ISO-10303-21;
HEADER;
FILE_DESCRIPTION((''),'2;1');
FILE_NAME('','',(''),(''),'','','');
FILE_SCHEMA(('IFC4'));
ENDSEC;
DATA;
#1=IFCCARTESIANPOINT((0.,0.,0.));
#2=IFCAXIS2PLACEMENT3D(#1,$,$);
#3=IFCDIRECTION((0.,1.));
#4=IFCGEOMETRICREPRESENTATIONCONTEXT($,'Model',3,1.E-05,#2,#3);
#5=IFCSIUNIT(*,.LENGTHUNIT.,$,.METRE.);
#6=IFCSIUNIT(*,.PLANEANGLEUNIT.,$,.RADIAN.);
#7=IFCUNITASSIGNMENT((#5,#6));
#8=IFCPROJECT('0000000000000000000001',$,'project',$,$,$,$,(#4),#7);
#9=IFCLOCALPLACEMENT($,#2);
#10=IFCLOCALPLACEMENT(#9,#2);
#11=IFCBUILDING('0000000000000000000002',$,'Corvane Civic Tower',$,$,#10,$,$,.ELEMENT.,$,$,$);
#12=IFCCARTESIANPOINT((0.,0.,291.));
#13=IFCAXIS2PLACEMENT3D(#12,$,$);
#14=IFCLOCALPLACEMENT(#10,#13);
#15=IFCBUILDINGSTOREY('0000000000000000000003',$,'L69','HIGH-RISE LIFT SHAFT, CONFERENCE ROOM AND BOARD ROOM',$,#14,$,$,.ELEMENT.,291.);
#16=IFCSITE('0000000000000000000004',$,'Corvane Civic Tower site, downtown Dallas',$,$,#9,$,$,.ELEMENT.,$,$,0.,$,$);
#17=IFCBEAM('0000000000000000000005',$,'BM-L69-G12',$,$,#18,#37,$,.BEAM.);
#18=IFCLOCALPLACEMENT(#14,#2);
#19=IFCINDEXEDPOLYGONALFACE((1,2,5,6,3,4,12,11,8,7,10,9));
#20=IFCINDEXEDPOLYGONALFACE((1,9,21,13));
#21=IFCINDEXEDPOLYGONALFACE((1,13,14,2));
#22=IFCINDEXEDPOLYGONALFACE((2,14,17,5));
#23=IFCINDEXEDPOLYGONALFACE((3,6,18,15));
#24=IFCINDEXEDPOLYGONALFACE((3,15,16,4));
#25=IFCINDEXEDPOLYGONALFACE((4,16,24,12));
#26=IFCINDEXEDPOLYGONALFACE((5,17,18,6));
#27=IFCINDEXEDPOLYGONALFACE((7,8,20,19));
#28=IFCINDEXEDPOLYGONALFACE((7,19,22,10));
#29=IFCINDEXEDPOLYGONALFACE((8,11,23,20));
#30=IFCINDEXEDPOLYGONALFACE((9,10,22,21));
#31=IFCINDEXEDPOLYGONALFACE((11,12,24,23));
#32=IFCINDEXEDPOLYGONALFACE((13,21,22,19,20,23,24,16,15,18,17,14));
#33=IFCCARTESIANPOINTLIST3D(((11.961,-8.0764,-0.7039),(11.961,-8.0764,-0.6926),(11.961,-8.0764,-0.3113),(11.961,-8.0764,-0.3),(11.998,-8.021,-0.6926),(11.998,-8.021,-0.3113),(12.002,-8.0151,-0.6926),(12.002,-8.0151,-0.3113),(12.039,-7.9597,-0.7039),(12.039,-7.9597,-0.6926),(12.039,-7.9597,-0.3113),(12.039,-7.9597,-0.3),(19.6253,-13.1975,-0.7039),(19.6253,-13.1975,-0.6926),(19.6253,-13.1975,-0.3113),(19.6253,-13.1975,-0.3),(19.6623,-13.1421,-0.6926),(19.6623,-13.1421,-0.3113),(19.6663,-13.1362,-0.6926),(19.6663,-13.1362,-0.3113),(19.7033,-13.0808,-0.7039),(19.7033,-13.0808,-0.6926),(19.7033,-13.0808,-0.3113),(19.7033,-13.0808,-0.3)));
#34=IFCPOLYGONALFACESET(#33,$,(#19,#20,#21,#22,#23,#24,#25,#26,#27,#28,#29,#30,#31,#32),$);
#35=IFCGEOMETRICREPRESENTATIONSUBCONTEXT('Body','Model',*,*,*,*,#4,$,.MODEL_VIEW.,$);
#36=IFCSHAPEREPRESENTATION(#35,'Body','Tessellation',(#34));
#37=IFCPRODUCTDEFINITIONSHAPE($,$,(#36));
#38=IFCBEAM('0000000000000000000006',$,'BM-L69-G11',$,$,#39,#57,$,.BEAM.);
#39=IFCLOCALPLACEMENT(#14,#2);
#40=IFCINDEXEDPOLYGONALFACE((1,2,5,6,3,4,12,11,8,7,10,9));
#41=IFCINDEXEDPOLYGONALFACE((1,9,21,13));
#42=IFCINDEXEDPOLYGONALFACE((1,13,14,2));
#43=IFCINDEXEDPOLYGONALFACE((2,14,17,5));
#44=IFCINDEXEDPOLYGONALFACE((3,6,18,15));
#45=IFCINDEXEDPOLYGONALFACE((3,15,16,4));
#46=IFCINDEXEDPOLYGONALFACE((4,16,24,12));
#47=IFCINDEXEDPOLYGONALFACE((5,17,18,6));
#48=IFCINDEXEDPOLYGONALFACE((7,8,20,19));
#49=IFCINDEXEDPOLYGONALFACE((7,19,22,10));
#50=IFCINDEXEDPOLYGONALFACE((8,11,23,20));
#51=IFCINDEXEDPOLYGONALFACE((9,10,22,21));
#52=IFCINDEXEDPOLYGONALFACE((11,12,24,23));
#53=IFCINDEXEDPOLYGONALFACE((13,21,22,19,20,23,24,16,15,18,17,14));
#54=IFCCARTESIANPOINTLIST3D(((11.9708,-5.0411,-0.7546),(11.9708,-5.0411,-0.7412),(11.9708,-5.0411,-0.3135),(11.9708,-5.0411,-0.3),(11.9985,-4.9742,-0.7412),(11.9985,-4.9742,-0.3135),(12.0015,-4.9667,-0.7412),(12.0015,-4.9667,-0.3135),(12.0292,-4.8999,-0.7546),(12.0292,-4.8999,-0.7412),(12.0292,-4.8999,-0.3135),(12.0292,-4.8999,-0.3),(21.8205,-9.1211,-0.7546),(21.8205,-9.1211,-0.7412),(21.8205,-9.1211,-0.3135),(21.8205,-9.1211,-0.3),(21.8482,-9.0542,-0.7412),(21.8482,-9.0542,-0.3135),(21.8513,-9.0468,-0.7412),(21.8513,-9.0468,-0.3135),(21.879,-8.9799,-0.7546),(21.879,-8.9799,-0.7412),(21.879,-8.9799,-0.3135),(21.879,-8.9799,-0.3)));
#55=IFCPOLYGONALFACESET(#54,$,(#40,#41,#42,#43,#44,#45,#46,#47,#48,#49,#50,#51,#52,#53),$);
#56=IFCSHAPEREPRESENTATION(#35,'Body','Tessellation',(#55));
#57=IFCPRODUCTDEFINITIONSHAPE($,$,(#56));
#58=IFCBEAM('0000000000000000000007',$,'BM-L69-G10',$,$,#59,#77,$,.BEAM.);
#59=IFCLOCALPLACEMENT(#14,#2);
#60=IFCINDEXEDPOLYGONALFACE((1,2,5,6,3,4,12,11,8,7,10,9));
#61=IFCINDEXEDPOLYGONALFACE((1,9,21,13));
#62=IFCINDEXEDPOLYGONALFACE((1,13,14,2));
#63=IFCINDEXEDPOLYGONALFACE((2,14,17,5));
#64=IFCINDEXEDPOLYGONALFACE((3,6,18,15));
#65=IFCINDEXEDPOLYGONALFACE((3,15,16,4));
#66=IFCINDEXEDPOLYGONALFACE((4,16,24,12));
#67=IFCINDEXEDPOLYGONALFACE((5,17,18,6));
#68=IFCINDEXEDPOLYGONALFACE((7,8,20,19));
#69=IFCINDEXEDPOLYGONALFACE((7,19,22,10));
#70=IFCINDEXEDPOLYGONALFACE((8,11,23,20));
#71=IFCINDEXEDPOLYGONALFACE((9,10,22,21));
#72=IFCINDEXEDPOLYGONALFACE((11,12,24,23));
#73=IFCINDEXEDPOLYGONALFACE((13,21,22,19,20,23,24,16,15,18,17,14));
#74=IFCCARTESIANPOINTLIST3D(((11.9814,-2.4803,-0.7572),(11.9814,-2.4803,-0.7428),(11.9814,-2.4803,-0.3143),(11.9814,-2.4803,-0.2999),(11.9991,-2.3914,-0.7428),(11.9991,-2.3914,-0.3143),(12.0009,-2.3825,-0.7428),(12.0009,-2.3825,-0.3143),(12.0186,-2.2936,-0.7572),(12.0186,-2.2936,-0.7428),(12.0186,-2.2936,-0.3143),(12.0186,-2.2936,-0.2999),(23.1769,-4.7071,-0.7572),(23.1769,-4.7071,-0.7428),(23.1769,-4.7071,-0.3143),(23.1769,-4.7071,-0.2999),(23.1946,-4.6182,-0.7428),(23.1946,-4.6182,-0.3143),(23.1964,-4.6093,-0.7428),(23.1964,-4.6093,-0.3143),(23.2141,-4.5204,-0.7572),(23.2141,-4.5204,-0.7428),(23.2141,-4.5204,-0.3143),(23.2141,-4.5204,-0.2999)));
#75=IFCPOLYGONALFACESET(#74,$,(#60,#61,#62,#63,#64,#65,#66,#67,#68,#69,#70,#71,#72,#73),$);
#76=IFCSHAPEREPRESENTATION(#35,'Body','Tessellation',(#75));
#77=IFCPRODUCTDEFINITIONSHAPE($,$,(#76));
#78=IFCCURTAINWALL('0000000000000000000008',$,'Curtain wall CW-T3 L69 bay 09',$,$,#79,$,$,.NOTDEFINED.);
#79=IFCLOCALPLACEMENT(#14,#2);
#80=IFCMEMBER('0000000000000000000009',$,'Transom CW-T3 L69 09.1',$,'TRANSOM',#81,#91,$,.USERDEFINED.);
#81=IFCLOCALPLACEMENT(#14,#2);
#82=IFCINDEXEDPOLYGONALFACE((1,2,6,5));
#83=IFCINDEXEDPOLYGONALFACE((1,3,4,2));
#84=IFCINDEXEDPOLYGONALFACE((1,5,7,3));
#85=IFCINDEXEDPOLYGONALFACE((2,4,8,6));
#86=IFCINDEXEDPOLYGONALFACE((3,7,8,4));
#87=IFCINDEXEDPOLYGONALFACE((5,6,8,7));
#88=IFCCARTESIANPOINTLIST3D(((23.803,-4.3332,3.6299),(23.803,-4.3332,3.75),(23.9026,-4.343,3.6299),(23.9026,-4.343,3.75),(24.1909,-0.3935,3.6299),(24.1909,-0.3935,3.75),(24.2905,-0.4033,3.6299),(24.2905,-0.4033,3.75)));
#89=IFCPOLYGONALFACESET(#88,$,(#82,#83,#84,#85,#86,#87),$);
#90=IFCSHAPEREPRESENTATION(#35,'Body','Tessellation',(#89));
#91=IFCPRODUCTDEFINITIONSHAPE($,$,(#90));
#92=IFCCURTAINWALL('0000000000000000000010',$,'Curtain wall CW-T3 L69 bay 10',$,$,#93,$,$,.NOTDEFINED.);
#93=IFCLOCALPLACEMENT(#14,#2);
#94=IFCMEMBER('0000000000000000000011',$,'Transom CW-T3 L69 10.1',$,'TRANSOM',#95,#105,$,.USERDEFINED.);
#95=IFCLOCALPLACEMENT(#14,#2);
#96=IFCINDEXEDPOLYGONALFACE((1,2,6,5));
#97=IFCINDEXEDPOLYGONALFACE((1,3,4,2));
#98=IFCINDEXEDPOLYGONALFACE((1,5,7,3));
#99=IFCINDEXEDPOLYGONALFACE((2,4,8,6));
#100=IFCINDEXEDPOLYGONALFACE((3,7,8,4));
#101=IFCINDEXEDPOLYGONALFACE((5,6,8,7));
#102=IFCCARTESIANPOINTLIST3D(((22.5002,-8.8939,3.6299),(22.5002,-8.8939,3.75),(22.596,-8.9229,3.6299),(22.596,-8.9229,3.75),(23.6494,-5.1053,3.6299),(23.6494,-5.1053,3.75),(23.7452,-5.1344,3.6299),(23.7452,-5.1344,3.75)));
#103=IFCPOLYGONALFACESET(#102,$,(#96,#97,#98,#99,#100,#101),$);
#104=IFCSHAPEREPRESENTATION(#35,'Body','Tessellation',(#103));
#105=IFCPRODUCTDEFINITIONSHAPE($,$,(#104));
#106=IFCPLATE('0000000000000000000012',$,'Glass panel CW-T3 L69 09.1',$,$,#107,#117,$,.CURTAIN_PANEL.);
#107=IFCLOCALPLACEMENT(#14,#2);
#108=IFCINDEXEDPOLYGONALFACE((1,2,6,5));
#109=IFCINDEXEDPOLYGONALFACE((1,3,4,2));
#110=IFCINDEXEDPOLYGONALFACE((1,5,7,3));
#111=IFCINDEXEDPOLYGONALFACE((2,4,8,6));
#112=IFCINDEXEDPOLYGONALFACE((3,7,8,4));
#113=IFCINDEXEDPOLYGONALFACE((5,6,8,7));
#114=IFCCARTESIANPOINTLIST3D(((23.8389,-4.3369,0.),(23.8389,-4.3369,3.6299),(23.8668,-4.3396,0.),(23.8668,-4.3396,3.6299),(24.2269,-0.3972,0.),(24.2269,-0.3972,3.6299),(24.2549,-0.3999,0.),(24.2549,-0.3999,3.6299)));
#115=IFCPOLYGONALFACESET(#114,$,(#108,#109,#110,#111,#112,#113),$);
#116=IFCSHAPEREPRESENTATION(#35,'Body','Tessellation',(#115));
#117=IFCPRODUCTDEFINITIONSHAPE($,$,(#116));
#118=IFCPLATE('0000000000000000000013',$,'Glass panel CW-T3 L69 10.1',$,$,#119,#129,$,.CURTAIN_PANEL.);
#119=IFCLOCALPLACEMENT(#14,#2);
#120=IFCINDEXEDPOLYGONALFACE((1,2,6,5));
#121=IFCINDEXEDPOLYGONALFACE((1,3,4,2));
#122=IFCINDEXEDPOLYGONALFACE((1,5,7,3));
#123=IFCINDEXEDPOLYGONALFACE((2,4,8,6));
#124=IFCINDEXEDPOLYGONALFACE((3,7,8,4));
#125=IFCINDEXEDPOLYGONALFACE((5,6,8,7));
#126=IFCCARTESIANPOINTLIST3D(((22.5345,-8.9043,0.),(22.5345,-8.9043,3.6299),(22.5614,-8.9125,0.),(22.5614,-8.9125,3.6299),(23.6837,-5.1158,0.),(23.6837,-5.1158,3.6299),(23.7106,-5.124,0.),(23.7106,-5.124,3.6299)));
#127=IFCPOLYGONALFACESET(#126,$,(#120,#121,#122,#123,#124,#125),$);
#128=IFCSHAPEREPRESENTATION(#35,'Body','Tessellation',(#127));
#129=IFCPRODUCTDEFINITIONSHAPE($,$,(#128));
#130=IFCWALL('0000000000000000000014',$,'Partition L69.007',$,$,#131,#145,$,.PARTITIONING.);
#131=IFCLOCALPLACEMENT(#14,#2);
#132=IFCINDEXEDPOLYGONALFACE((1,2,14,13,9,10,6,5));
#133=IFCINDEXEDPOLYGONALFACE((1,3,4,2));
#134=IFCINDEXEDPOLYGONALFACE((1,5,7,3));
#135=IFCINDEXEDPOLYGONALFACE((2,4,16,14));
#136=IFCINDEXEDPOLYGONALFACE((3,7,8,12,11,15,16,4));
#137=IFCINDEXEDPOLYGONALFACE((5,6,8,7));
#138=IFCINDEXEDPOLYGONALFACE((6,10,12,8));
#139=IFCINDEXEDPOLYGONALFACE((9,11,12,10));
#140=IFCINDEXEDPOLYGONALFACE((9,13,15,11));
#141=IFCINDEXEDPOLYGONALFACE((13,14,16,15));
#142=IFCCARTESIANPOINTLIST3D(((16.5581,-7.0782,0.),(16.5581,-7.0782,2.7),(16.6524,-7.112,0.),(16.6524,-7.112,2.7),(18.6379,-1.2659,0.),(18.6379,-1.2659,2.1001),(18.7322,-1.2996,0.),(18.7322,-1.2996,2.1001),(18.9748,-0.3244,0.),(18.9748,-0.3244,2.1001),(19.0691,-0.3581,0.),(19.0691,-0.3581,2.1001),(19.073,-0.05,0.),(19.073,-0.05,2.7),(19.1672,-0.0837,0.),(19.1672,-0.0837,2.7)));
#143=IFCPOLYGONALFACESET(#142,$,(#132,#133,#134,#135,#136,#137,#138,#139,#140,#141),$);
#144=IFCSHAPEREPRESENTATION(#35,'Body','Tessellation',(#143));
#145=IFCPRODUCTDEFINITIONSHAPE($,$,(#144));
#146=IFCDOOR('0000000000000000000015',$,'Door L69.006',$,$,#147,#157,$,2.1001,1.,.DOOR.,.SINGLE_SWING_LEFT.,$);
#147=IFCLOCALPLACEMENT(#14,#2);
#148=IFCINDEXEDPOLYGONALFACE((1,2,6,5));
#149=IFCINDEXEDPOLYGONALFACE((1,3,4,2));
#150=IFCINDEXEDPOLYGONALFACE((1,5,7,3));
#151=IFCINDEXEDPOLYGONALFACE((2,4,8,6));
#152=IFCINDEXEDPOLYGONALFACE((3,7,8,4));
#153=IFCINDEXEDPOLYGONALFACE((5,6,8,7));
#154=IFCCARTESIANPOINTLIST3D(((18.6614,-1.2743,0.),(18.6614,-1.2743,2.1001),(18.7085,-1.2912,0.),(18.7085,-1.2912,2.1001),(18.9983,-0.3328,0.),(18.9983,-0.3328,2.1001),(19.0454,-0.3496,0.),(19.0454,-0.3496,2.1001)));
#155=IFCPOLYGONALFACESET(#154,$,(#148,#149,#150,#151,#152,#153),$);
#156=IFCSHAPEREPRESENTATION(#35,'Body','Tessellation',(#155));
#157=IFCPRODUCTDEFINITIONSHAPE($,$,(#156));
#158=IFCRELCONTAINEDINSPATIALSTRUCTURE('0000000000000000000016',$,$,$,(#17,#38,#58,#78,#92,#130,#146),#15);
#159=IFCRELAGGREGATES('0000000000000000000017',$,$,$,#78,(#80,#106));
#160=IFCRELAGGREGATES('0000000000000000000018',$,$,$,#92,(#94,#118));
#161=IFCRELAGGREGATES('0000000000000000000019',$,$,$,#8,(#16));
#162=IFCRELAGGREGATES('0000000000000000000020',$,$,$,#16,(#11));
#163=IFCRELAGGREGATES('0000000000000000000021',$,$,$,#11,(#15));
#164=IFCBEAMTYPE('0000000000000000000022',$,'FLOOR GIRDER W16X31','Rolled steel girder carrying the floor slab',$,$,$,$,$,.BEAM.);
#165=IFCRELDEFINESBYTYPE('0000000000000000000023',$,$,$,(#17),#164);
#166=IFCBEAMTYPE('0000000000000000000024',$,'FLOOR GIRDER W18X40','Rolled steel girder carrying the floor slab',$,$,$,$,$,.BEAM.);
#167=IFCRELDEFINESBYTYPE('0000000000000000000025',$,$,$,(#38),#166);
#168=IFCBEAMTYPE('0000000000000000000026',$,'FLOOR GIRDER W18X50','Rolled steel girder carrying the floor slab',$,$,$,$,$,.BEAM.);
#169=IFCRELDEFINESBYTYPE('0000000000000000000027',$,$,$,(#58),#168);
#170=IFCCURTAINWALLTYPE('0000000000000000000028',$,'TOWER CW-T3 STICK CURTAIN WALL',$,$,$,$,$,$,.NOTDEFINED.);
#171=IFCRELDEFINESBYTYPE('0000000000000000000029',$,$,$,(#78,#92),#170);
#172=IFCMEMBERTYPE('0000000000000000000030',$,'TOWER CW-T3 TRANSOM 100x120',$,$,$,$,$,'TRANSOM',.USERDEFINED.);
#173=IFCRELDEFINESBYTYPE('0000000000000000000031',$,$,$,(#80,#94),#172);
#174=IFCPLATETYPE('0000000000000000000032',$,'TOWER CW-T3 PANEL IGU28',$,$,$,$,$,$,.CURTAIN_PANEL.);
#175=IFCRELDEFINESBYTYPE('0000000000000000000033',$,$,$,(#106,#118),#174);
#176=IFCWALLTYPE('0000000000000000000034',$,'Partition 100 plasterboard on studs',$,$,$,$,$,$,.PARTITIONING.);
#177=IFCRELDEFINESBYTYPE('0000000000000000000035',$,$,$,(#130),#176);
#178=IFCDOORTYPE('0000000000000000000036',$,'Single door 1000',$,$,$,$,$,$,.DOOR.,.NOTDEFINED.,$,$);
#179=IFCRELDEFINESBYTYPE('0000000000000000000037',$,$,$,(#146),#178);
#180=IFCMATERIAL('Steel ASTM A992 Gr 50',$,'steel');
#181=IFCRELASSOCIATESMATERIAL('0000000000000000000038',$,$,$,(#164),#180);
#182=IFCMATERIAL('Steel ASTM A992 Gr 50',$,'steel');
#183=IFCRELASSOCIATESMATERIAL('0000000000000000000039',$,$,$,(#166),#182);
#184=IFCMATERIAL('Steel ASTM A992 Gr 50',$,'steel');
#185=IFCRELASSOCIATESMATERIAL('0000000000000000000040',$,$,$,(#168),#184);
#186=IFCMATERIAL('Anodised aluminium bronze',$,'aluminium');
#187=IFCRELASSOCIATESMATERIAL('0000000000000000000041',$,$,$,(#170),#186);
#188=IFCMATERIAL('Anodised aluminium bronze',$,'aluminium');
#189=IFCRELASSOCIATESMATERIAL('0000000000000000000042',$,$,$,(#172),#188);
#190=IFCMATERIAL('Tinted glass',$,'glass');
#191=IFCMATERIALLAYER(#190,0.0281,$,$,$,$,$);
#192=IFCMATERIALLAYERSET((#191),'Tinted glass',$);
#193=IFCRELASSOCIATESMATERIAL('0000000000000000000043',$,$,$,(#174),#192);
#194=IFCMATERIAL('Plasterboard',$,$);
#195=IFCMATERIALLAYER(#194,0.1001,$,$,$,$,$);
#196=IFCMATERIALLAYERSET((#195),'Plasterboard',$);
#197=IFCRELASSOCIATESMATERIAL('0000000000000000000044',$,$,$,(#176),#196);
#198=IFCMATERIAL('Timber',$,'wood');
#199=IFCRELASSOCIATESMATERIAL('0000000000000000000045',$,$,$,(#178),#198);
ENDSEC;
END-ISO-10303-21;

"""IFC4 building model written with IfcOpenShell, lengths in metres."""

from ifc_helpers import new_model, si_unit, direction, frame, frame_2d, origin, origin_2d, place, context, subcontext, project, spatial, rectangle, i_section, extrude, material, layer, layer_set, material_profile, profile_set, type_object, element, fill, aggregate, save


model = new_model("IFC4")

# Units and contexts
model_context = context("Model", 3, precision=1e-05, world=origin(), true_north=direction((0.0, 1.0)))
body_context = subcontext(model_context, "Body", "Model", "MODEL_VIEW")
ifc_project = project(units=[si_unit("LENGTHUNIT", "METRE"), si_unit("PLANEANGLEUNIT", "RADIAN")], contexts=[model_context])

# Site, building, storey
site_placement = place(None, origin())
site = spatial("IfcSite", under=ifc_project, at=site_placement, Name="Corvane Civic Tower site, downtown Dallas", CompositionType="ELEMENT", RefElevation=0.0)
building_placement = place(site_placement, origin())
building = spatial("IfcBuilding", under=site, at=building_placement, Name="Corvane Civic Tower", CompositionType="ELEMENT")
storey_placement = place(building_placement, frame((0.0, 0.0, 291.0)))
storey = spatial("IfcBuildingStorey", under=building, at=storey_placement, Name="L69", Description="HIGH-RISE LIFT SHAFT, CONFERENCE ROOM AND BOARD ROOM", CompositionType="ELEMENT", Elevation=291.0)

# Beams
ifc_material_1 = material(Name="Steel ASTM A992 Gr 50", Category="steel")
ifc_material_profile_1 = material_profile(ifc_material_1, i_section(OverallWidth=0.1404, OverallDepth=0.4038, WebThickness=0.0071, FlangeThickness=0.0112, at=origin_2d()), Name="W16X31")
ifc_profile_set_1 = profile_set([ifc_material_profile_1], Name="Steel ASTM A992 Gr 50")
beam_type_1 = type_object("IfcBeamType", Name="FLOOR GIRDER W16X31", Description="Rolled steel girder carrying the floor slab", PredefinedType="BEAM", material=ifc_profile_set_1)
beam_1_placement = place(storey_placement, frame((12.0, -8.0181, -0.502), z_axis=(0.831471, -0.555568, 0.0), x_axis=(0.555568, 0.831471, 0.0)))
element("IfcBeam", 1, at=beam_1_placement, inside=storey, type_object=beam_type_1, Name="BM-L69-G12", PredefinedType="BEAM", context=body_context, shape_type="SweptSolid", body=[
    extrude(i_section(OverallWidth=0.1404, OverallDepth=0.4038, WebThickness=0.0071, FlangeThickness=0.0112, at=origin_2d()), origin(), (0.0, 0.0, 1.0), 9.2178),
])
ifc_material_2 = material(Name="Steel ASTM A992 Gr 50", Category="steel")
ifc_material_profile_2 = material_profile(ifc_material_2, i_section(OverallWidth=0.1528, OverallDepth=0.4546, WebThickness=0.0081, FlangeThickness=0.0134, at=origin_2d()), Name="W18X40")
ifc_profile_set_2 = profile_set([ifc_material_profile_2], Name="Steel ASTM A992 Gr 50")
beam_type_2 = type_object("IfcBeamType", Name="FLOOR GIRDER W18X40", Description="Rolled steel girder carrying the floor slab", PredefinedType="BEAM", material=ifc_profile_set_2)
beam_2_placement = place(storey_placement, frame((12.0, -4.9705, -0.5273), z_axis=(0.923875, -0.382694, 0.0), x_axis=(0.382694, 0.923875, 0.0)))
element("IfcBeam", 2, at=beam_2_placement, inside=storey, type_object=beam_type_2, Name="BM-L69-G11", PredefinedType="BEAM", context=body_context, shape_type="SweptSolid", body=[
    extrude(i_section(OverallWidth=0.1528, OverallDepth=0.4546, WebThickness=0.0081, FlangeThickness=0.0134, at=origin_2d()), origin(), (0.0, 0.0, 1.0), 10.6614),
])
ifc_material_3 = material(Name="Steel ASTM A992 Gr 50", Category="steel")
ifc_material_profile_3 = material_profile(ifc_material_3, i_section(OverallWidth=0.1904, OverallDepth=0.4573, WebThickness=0.009, FlangeThickness=0.0144, at=origin_2d()), Name="W18X50")
ifc_profile_set_3 = profile_set([ifc_material_profile_3], Name="Steel ASTM A992 Gr 50")
beam_type_3 = type_object("IfcBeamType", Name="FLOOR GIRDER W18X50", Description="Rolled steel girder carrying the floor slab", PredefinedType="BEAM", material=ifc_profile_set_3)
beam_3_placement = place(storey_placement, frame((12.0, -2.387, -0.5286), z_axis=(0.980787, -0.19508, 0.0), x_axis=(0.19508, 0.980787, 0.0)))
element("IfcBeam", 3, at=beam_3_placement, inside=storey, type_object=beam_type_3, Name="BM-L69-G10", PredefinedType="BEAM", context=body_context, shape_type="SweptSolid", body=[
    extrude(i_section(OverallWidth=0.1904, OverallDepth=0.4573, WebThickness=0.009, FlangeThickness=0.0144, at=origin_2d()), origin(), (0.0, 0.0, 1.0), 11.4148),
])

# Curtain walls, members
ifc_material_4 = material(Name="Anodised aluminium bronze", Category="aluminium")
curtain_wall_type = type_object("IfcCurtainWallType", Name="TOWER CW-T3 STICK CURTAIN WALL", PredefinedType="NOTDEFINED", material=ifc_material_4)
curtain_wall_1_placement = place(storey_placement, origin())
curtain_wall_1 = element("IfcCurtainWall", 4, at=curtain_wall_1_placement, inside=storey, type_object=curtain_wall_type, Name="Curtain wall CW-T3 L69 bay 09", PredefinedType="NOTDEFINED")
ifc_material_5 = material(Name="Anodised aluminium bronze", Category="aluminium")
ifc_material_profile_4 = material_profile(ifc_material_5, rectangle(XDim=0.1001, YDim=0.1201, at=origin_2d()), Name="TOWER CW-T3 TRANSOM 100x120")
ifc_profile_set_4 = profile_set([ifc_material_profile_4], Name="Anodised aluminium bronze")
member_type = type_object("IfcMemberType", Name="TOWER CW-T3 TRANSOM 100x120", ElementType="TRANSOM", PredefinedType="USERDEFINED", material=ifc_profile_set_4)
member_1_placement = place(storey_placement, frame((24.2407, -0.3984, 3.6899), z_axis=(-0.097995, -0.995187, 0.0), x_axis=(0.995187, -0.097995, 0.0)))
member_1 = element("IfcMember", 5, at=member_1_placement, type_object=member_type, Name="Transom CW-T3 L69 09.1", ObjectType="TRANSOM", PredefinedType="USERDEFINED", context=body_context, shape_type="SweptSolid", body=[
    extrude(rectangle(XDim=0.1001, YDim=0.1201, at=origin_2d()), origin(), (0.0, 0.0, 1.0), 3.9587),
])
curtain_wall_2_placement = place(storey_placement, origin())
curtain_wall_2 = element("IfcCurtainWall", 6, at=curtain_wall_2_placement, inside=storey, type_object=curtain_wall_type, Name="Curtain wall CW-T3 L69 bay 10", PredefinedType="NOTDEFINED")
member_2_placement = place(storey_placement, frame((23.6973, -5.1199, 3.6899), z_axis=(-0.290266, -0.956946, 0.0), x_axis=(0.956946, -0.290266, 0.0)))
member_2 = element("IfcMember", 7, at=member_2_placement, type_object=member_type, Name="Transom CW-T3 L69 10.1", ObjectType="TRANSOM", PredefinedType="USERDEFINED", context=body_context, shape_type="SweptSolid", body=[
    extrude(rectangle(XDim=0.1001, YDim=0.1201, at=origin_2d()), origin(), (0.0, 0.0, 1.0), 3.959),
])

# Plates
ifc_material_6 = material(Name="Tinted glass", Category="glass")
ifc_layer_1 = layer(ifc_material_6, 0.0281)
ifc_layer_set_1 = layer_set([ifc_layer_1], Name="Tinted glass")
plate_type = type_object("IfcPlateType", Name="TOWER CW-T3 PANEL IGU28", PredefinedType="CURTAIN_PANEL", material=ifc_layer_set_1)
plate_1_placement = place(storey_placement, frame((24.0469, -2.3684, 0.0), z_axis=(0.0, 0.0, 1.0), x_axis=(-0.098021, -0.995184, 0.0)))
plate_1 = element("IfcPlate", 8, at=plate_1_placement, type_object=plate_type, Name="Glass panel CW-T3 L69 09.1", PredefinedType="CURTAIN_PANEL", context=body_context, shape_type="SweptSolid", body=[
    extrude(rectangle(XDim=3.9587, YDim=0.0281, at=origin_2d()), origin(), (0.0, 0.0, 1.0), 3.6299),
])
aggregate(curtain_wall_1, [member_1, plate_1])
plate_2_placement = place(storey_placement, frame((23.1226, -7.0142, 0.0), z_axis=(0.0, 0.0, 1.0), x_axis=(-0.290274, -0.956944, 0.0)))
plate_2 = element("IfcPlate", 9, at=plate_2_placement, type_object=plate_type, Name="Glass panel CW-T3 L69 10.1", PredefinedType="CURTAIN_PANEL", context=body_context, shape_type="SweptSolid", body=[
    extrude(rectangle(XDim=3.959, YDim=0.0281, at=origin_2d()), origin(), (0.0, 0.0, 1.0), 3.6299),
])
aggregate(curtain_wall_2, [member_2, plate_2])

# Wall, opening, door
ifc_material_7 = material(Name="Plasterboard")
ifc_layer_2 = layer(ifc_material_7, 0.1001)
ifc_layer_set_2 = layer_set([ifc_layer_2], Name="Plasterboard")
wall_type_1 = type_object("IfcWallType", Name="Partition 100 plasterboard on studs", PredefinedType="PARTITIONING", material=ifc_layer_set_2)
wall_1_placement = place(storey_placement, frame((16.6052, -7.0952, 0.0), z_axis=(0.0, 0.0, 1.0), x_axis=(0.336904, 0.941539, 0.0)))
wall_1 = element("IfcWall", 10, at=wall_1_placement, inside=storey, type_object=wall_type_1, Name="Partition L69.007", PredefinedType="PARTITIONING", context=body_context, shape_type="SweptSolid", body=[
    extrude(rectangle(XDim=7.4646, YDim=0.1001, at=frame_2d((3.7324, 0.0))), origin(), (0.0, 0.0, 1.0), 2.7),
])
opening_1_placement = place(wall_1_placement, frame((6.1733, 0.0, 0.0)))
opening_1 = element("IfcOpeningElement", 11, at=opening_1_placement, cuts=wall_1, PredefinedType="OPENING", context=body_context, shape_type="SweptSolid", body=[
    extrude(rectangle(XDim=1.0, YDim=2.1001, at=frame_2d((0.5, 1.05))), frame((0.0, 0.0601, 0.0), z_axis=(0.0, -1.0, 0.0), x_axis=(1.0, 0.0, 0.0)), (0.0, 0.0, 1.0), 0.1201),
])
ifc_material_8 = material(Name="Timber", Category="wood")
door_type_1 = type_object("IfcDoorType", Name="Single door 1000", OperationType="NOTDEFINED", PredefinedType="DOOR", material=ifc_material_8)
door_1_placement = place(opening_1_placement, frame((1.0, 0.0, 0.0), z_axis=(0.0, 0.0, 1.0), x_axis=(-1.0, 0.0, 0.0)))
door_1 = element("IfcDoor", 12, at=door_1_placement, inside=storey, type_object=door_type_1, Name="Door L69.006", OperationType="SINGLE_SWING_LEFT", OverallHeight=2.1001, OverallWidth=1.0, PredefinedType="DOOR", context=body_context, shape_type="SweptSolid", body=[
    extrude(rectangle(XDim=1.0, YDim=2.1001, at=frame_2d((0.5, 1.05))), frame((0.0, 0.0249, 0.0), z_axis=(0.0, -1.0, 0.0), x_axis=(1.0, 0.0, 0.0)), (0.0, 0.0, 1.0), 0.05),
])
fill(opening_1, door_1)

save(model, "model.ifc")
